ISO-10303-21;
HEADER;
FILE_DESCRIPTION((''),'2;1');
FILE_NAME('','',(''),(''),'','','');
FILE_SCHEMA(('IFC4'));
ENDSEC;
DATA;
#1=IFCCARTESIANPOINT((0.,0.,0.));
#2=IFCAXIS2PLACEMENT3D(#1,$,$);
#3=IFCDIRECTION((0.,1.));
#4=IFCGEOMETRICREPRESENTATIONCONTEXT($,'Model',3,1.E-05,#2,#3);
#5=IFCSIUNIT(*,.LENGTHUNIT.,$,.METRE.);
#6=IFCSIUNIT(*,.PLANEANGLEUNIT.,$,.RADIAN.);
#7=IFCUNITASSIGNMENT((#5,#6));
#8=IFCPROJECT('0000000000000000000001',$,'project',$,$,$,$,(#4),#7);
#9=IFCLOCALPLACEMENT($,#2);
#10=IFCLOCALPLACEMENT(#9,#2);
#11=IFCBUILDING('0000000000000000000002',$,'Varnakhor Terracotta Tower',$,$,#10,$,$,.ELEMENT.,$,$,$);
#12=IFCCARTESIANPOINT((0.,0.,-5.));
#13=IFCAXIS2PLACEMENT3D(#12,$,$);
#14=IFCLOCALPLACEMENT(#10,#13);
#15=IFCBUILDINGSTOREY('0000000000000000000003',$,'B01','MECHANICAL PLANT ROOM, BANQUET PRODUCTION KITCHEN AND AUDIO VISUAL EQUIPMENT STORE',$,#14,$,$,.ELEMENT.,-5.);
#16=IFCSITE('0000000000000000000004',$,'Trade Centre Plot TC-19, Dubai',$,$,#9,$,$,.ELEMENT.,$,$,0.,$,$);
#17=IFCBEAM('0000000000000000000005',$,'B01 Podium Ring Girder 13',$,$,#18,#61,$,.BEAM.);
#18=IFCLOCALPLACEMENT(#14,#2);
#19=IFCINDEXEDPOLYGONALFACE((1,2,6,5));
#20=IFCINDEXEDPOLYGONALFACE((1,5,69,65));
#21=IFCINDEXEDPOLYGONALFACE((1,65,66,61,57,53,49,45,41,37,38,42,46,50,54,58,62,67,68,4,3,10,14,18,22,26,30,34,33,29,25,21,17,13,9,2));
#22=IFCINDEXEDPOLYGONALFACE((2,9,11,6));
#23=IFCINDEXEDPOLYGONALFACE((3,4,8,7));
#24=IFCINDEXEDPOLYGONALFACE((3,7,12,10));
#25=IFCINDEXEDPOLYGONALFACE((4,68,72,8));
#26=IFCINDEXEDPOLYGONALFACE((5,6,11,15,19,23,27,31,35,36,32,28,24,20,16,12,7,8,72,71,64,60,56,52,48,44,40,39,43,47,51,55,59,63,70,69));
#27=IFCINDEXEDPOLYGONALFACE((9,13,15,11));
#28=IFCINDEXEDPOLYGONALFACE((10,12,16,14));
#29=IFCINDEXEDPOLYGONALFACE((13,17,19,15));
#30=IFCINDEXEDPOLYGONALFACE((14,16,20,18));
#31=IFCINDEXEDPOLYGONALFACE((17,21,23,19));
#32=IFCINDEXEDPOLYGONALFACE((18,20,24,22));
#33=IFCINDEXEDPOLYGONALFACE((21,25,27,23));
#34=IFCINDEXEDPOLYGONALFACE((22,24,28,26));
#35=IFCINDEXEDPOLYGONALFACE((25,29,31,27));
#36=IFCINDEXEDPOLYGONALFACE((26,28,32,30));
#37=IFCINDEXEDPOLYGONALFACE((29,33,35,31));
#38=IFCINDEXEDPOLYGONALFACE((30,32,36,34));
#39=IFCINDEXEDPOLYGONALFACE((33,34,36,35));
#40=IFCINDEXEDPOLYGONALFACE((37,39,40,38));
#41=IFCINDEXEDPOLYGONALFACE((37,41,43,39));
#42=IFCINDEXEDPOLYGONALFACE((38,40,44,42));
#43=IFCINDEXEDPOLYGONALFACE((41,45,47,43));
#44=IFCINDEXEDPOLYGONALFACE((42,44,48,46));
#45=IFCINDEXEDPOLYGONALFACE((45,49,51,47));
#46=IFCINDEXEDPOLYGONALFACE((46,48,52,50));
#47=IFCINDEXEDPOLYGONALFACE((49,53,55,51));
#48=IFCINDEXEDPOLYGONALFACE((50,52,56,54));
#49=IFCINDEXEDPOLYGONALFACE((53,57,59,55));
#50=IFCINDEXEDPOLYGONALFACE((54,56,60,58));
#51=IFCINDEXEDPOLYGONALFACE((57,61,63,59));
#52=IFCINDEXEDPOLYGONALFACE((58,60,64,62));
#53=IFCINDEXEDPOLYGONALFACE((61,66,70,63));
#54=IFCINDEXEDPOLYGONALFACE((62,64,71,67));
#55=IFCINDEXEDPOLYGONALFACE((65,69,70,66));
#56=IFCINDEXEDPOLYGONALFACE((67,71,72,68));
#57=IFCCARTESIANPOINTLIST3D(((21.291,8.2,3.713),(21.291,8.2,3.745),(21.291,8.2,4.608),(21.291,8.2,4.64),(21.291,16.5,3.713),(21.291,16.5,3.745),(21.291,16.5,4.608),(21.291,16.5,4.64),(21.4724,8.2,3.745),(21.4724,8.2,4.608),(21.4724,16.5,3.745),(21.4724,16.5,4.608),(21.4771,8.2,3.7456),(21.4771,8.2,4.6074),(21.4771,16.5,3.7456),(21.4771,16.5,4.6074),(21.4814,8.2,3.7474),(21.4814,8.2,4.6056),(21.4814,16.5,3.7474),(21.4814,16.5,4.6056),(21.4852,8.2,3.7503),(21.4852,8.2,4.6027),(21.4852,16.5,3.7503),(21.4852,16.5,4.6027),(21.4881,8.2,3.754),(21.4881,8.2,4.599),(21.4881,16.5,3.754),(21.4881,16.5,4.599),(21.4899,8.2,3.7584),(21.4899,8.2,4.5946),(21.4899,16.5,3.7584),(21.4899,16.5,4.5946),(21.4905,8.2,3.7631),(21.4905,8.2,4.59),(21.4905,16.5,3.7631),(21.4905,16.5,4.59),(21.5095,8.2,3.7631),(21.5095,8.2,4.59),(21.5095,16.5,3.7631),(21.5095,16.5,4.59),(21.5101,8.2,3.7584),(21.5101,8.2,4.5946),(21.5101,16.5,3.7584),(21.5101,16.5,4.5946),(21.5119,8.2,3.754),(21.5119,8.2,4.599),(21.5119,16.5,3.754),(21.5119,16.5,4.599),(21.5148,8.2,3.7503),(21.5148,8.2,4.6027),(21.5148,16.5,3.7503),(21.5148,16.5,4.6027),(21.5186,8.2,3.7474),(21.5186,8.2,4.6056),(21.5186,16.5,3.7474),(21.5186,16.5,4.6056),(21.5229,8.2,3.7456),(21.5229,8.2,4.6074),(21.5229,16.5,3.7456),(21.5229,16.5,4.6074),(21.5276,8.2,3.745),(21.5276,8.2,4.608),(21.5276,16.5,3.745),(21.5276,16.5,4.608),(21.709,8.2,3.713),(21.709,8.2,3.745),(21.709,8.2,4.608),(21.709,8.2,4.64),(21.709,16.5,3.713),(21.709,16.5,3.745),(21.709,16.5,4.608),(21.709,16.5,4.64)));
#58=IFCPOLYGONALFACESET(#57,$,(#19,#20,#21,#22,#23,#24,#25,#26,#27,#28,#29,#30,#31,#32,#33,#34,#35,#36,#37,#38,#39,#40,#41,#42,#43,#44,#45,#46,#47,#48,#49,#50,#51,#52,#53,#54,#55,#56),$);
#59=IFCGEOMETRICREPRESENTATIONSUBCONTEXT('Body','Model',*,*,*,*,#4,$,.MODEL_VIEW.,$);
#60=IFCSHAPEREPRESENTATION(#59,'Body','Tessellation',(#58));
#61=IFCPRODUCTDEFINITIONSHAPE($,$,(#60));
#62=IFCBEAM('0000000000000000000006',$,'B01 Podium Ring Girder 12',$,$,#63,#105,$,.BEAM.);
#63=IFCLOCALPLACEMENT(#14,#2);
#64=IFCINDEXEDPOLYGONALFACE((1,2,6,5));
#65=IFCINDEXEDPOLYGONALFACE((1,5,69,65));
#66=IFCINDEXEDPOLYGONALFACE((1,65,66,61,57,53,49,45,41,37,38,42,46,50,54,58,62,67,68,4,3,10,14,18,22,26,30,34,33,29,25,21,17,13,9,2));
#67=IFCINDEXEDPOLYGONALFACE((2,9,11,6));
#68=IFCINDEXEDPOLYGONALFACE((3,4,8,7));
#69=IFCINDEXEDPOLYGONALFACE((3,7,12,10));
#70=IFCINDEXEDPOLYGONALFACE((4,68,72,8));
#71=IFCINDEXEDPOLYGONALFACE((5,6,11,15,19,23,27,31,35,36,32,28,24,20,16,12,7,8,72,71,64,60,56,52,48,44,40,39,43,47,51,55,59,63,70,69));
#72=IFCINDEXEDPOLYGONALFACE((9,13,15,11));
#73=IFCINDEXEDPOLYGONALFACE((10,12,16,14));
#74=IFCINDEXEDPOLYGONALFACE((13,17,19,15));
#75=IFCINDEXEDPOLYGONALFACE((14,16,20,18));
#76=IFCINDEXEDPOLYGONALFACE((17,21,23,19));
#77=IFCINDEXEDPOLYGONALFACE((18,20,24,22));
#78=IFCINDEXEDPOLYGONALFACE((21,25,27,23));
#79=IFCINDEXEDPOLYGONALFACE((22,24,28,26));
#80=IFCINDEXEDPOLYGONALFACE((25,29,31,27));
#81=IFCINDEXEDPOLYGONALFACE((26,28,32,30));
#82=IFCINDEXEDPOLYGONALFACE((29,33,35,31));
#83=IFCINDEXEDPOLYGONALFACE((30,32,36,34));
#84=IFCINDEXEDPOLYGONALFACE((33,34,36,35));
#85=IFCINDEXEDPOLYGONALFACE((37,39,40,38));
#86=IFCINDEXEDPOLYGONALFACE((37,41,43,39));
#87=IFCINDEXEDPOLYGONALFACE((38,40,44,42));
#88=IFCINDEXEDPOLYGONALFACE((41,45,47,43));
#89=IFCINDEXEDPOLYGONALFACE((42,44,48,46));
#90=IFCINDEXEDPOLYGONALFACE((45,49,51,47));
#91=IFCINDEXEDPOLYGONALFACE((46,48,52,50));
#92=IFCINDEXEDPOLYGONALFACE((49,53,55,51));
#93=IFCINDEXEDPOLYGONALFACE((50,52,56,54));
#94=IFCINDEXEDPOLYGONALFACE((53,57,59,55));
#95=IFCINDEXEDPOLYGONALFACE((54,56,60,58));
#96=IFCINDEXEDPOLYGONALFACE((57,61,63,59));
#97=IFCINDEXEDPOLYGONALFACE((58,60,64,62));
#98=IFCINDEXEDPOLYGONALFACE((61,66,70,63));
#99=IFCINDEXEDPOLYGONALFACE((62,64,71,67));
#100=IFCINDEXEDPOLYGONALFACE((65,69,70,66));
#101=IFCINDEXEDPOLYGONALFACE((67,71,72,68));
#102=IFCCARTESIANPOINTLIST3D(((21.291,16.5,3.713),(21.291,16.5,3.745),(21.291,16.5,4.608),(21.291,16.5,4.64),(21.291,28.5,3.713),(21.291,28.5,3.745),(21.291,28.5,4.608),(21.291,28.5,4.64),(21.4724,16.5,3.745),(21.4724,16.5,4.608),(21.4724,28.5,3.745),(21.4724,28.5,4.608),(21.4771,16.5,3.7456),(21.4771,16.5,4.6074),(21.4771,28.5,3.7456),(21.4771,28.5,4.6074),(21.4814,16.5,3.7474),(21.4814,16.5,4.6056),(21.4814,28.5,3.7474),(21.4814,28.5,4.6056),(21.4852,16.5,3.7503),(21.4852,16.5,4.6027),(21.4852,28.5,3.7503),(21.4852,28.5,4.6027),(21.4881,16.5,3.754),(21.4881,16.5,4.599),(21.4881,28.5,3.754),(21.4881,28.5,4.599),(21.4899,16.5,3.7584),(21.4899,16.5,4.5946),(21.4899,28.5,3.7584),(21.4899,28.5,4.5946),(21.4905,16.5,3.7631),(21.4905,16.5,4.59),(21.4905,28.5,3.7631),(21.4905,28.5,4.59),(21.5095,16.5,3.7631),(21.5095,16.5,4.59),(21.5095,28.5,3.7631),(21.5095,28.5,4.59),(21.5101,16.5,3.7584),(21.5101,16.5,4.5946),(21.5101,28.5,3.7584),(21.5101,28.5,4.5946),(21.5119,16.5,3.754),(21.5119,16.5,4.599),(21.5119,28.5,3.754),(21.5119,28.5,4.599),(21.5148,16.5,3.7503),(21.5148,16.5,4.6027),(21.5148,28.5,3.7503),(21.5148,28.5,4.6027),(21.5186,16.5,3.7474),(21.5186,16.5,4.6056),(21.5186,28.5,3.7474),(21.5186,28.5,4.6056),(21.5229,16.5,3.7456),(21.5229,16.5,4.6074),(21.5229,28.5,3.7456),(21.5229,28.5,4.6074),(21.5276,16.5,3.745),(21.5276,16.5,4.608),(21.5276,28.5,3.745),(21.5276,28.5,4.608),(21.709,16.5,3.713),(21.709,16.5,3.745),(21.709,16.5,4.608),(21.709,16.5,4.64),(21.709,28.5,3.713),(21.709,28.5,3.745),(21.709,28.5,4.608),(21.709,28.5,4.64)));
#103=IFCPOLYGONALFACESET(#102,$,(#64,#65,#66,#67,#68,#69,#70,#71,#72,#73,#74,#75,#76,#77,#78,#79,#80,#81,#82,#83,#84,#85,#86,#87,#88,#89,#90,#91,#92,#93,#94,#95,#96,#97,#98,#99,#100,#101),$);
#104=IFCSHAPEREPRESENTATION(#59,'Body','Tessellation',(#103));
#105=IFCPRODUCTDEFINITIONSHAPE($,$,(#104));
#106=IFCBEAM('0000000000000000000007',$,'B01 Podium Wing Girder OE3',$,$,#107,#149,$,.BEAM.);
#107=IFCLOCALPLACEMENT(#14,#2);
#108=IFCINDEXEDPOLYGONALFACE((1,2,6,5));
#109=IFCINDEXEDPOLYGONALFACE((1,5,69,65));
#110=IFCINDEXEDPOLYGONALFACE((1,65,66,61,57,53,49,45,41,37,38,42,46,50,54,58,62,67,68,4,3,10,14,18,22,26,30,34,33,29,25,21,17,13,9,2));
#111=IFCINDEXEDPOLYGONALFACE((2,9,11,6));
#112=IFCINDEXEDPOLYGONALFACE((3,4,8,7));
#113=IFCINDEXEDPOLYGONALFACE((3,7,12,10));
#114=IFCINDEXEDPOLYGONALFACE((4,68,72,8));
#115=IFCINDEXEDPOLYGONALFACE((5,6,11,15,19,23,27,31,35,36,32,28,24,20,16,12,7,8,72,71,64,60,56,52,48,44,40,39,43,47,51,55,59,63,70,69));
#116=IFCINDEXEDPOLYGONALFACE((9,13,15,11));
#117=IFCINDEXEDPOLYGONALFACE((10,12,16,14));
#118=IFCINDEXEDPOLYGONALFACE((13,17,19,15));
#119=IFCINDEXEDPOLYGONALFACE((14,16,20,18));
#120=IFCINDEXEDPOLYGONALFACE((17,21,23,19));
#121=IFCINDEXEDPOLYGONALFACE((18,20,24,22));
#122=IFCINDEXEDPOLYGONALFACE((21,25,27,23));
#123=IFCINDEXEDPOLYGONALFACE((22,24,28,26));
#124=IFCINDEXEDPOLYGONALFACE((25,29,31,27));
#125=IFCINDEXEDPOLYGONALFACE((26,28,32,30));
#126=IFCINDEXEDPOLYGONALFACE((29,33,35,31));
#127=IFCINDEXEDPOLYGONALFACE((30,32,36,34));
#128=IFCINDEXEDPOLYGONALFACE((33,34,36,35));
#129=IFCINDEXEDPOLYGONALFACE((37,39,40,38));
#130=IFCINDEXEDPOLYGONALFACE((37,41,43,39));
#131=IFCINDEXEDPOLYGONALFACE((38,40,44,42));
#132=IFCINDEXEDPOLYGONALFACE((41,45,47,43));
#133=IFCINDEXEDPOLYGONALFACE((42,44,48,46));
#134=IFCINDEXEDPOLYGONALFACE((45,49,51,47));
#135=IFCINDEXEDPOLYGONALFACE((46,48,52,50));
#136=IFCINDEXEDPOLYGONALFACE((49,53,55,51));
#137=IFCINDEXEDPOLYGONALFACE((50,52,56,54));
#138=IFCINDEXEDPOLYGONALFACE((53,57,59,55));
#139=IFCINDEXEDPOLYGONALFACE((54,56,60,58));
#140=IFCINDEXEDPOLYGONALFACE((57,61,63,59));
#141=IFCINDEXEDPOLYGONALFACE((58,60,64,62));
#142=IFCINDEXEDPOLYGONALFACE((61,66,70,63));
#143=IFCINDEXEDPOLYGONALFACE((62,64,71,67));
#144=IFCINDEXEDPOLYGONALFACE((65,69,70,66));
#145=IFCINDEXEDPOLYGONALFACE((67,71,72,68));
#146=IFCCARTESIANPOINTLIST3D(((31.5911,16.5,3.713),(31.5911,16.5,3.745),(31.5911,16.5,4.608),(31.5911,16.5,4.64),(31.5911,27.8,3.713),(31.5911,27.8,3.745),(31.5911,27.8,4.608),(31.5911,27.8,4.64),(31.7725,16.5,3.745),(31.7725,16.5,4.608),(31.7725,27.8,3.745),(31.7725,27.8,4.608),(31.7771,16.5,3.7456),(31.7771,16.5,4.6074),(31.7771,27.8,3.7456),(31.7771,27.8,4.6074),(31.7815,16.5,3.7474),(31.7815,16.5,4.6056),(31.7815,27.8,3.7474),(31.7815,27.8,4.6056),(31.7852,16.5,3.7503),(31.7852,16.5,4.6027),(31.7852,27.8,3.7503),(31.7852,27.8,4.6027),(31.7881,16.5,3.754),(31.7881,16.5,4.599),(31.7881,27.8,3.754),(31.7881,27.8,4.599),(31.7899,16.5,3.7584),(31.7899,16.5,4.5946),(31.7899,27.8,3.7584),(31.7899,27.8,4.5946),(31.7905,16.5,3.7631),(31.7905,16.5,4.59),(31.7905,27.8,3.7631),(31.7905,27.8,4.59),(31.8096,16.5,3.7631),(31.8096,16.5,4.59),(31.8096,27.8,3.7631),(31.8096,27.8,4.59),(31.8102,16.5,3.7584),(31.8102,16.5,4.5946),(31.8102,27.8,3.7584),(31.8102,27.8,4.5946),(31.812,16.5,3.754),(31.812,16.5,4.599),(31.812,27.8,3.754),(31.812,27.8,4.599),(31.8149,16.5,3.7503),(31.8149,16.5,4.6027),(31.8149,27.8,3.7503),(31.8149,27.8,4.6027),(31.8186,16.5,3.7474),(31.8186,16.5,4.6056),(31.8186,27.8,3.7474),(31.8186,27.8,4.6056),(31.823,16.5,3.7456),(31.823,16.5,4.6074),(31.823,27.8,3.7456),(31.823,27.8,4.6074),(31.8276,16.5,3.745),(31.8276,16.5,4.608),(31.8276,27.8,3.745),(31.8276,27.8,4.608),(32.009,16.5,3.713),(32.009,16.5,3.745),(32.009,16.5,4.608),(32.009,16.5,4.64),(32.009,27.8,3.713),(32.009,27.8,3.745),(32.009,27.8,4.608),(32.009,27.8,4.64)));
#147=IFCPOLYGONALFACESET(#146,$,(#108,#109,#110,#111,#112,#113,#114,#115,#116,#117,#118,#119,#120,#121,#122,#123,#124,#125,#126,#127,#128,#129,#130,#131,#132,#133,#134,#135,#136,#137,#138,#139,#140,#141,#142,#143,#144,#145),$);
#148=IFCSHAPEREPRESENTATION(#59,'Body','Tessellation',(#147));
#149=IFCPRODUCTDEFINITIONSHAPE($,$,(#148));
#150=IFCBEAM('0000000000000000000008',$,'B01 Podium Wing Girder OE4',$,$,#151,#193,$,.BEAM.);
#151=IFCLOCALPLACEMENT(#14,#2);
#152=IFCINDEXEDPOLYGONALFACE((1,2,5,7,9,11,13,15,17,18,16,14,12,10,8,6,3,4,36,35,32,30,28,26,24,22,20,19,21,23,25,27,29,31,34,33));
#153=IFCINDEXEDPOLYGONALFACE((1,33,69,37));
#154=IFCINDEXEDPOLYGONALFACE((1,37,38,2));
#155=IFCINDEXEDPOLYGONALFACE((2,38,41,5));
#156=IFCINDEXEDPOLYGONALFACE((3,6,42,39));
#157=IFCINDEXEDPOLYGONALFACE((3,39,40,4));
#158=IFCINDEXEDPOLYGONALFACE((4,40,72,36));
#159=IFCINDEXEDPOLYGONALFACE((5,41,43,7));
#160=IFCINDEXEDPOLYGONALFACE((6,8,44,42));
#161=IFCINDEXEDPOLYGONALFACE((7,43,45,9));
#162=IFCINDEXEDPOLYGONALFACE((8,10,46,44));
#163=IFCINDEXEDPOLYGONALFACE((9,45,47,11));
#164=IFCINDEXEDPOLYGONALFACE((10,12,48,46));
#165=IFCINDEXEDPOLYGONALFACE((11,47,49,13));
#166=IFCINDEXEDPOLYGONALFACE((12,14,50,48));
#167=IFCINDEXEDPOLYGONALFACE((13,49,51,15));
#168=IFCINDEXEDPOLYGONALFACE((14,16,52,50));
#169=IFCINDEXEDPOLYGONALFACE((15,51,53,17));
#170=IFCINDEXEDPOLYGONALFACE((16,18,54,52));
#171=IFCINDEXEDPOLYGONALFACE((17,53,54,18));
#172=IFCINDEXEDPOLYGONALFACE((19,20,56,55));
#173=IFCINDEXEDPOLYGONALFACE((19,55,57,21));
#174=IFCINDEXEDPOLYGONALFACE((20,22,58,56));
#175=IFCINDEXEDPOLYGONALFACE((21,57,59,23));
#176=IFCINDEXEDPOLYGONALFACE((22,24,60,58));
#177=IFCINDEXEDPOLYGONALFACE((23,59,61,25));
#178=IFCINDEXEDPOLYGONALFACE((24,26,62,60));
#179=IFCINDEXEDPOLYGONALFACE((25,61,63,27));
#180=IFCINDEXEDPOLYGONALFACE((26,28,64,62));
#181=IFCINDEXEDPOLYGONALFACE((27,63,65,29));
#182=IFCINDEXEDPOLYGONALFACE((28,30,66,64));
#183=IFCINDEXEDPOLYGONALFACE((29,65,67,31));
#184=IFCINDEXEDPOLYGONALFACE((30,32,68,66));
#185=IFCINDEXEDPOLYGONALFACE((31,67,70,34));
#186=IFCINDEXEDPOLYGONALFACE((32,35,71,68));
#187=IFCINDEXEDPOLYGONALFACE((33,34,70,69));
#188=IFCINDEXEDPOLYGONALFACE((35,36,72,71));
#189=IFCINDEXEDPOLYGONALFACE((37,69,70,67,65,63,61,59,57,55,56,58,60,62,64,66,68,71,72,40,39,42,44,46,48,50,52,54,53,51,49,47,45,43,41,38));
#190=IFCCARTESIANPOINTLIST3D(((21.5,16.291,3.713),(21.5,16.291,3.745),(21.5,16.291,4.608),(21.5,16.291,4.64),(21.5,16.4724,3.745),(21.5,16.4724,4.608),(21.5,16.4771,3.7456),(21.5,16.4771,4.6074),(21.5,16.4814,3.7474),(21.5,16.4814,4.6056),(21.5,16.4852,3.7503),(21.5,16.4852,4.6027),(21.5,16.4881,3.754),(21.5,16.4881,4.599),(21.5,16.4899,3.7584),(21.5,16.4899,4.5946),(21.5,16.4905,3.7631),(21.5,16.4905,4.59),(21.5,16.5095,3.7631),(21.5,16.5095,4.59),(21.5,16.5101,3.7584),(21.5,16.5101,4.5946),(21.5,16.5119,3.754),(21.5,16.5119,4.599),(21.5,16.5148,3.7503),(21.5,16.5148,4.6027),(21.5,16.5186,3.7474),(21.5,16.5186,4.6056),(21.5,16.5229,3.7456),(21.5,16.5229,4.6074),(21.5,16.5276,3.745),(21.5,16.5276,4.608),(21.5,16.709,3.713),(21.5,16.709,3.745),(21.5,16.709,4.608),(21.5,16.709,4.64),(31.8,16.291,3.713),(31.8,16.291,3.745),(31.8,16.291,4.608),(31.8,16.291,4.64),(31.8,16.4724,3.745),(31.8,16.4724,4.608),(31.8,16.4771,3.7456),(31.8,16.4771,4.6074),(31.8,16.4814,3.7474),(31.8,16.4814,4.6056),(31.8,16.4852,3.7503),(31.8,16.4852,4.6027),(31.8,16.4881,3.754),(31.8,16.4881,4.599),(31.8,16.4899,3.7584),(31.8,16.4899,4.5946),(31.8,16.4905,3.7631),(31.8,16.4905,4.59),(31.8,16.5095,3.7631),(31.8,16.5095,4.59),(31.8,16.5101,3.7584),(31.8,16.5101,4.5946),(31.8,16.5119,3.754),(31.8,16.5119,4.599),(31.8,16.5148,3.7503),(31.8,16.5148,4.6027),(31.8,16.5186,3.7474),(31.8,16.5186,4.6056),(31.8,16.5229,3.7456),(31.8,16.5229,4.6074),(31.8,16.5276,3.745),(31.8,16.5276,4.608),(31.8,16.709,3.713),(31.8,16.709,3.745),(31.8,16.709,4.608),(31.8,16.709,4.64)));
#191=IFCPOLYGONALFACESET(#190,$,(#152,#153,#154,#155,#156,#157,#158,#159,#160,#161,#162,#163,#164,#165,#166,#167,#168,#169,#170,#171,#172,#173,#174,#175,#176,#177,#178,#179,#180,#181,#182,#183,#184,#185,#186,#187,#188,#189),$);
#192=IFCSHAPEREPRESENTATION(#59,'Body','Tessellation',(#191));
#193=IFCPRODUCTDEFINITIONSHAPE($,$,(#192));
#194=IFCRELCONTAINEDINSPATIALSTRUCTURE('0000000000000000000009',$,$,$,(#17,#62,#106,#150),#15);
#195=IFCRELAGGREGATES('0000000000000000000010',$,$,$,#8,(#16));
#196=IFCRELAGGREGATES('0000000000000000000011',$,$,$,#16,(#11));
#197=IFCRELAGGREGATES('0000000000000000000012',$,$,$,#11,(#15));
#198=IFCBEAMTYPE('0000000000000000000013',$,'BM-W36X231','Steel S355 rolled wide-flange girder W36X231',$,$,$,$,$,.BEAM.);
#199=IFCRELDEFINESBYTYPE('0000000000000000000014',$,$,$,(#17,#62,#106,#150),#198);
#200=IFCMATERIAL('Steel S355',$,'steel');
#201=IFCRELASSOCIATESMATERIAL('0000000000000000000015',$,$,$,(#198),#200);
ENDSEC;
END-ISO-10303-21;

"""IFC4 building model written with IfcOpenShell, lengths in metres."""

from ifc_helpers import new_model, si_unit, direction, frame, origin, origin_2d, place, context, subcontext, project, spatial, i_section, extrude, source, transform, mapped, material, material_profile, profile_set, type_object, element, save


model = new_model("IFC4")

# Units and contexts
model_context = context("Model", 3, precision=1e-05, world=origin(), true_north=direction((0.0, 1.0)))
body_context = subcontext(model_context, "Body", "Model", "MODEL_VIEW")
ifc_project = project(units=[si_unit("LENGTHUNIT", "METRE"), si_unit("PLANEANGLEUNIT", "RADIAN")], contexts=[model_context])

# Site, building, storey
site_placement = place(None, origin())
site = spatial("IfcSite", under=ifc_project, at=site_placement, Name="Trade Centre Plot TC-19, Dubai", CompositionType="ELEMENT", RefElevation=0.0)
building_placement = place(site_placement, origin())
building = spatial("IfcBuilding", under=site, at=building_placement, Name="Varnakhor Terracotta Tower", CompositionType="ELEMENT")
storey_placement = place(building_placement, frame((0.0, 0.0, -5.0)))
storey = spatial("IfcBuildingStorey", under=building, at=storey_placement, Name="B01", Description="MECHANICAL PLANT ROOM, BANQUET PRODUCTION KITCHEN AND AUDIO VISUAL EQUIPMENT STORE", CompositionType="ELEMENT", Elevation=-5.0)

# Shared definitions
ifc_material_1 = material(Name="Steel S355", Category="steel")

# Beams
ifc_material_profile_1 = material_profile(ifc_material_1, i_section(OverallWidth=0.418, OverallDepth=0.927, WebThickness=0.019, FlangeThickness=0.032, FilletRadius=0.0181, at=origin_2d()), Name="W36X231")
ifc_profile_set_1 = profile_set([ifc_material_profile_1], Name="Steel S355")
beam_type_1 = type_object("IfcBeamType", Name="BM-W36X231", Description="Steel S355 rolled wide-flange girder W36X231", PredefinedType="BEAM", material=ifc_profile_set_1)
shared_shape_1 = source(origin(), body_context, "Body", "SweptSolid", [
    extrude(i_section(OverallWidth=0.418, OverallDepth=0.927, WebThickness=0.019, FlangeThickness=0.032, FilletRadius=0.0181, at=origin_2d()), origin(), (0.0, 0.0, 1.0), 8.3),
])
beam_1_placement = place(storey_placement, frame((21.5, 16.5, 4.1765), z_axis=(0.0, -1.0, 0.0), x_axis=(1.0, 0.0, 0.0)))
element("IfcBeam", 1, at=beam_1_placement, inside=storey, type_object=beam_type_1, Name="B01 Podium Ring Girder 13", PredefinedType="BEAM", context=body_context, shape_type="MappedRepresentation", body=[
    mapped(shared_shape_1, transform((0.0, 0.0, 0.0), scale=1.0)),
])
shared_shape_2 = source(origin(), body_context, "Body", "SweptSolid", [
    extrude(i_section(OverallWidth=0.418, OverallDepth=0.927, WebThickness=0.019, FlangeThickness=0.032, FilletRadius=0.0181, at=origin_2d()), origin(), (0.0, 0.0, 1.0), 12.0),
])
beam_2_placement = place(storey_placement, frame((21.5, 28.5, 4.1765), z_axis=(0.0, -1.0, 0.0), x_axis=(1.0, 0.0, 0.0)))
element("IfcBeam", 2, at=beam_2_placement, inside=storey, type_object=beam_type_1, Name="B01 Podium Ring Girder 12", PredefinedType="BEAM", context=body_context, shape_type="MappedRepresentation", body=[
    mapped(shared_shape_2, transform((0.0, 0.0, 0.0), scale=1.0)),
])
shared_shape_3 = source(origin(), body_context, "Body", "SweptSolid", [
    extrude(i_section(OverallWidth=0.418, OverallDepth=0.927, WebThickness=0.019, FlangeThickness=0.032, FilletRadius=0.0181, at=origin_2d()), origin(), (0.0, 0.0, 1.0), 11.3),
])
beam_3_placement = place(storey_placement, frame((31.8, 16.5, 4.1765), z_axis=(0.0, 1.0, 0.0), x_axis=(-1.0, 0.0, 0.0)))
element("IfcBeam", 3, at=beam_3_placement, inside=storey, type_object=beam_type_1, Name="B01 Podium Wing Girder OE3", PredefinedType="BEAM", context=body_context, shape_type="MappedRepresentation", body=[
    mapped(shared_shape_3, transform((0.0, 0.0, 0.0), scale=1.0)),
])
shared_shape_4 = source(origin(), body_context, "Body", "SweptSolid", [
    extrude(i_section(OverallWidth=0.418, OverallDepth=0.927, WebThickness=0.019, FlangeThickness=0.032, FilletRadius=0.0181, at=origin_2d()), origin(), (0.0, 0.0, 1.0), 10.3),
])
beam_4_placement = place(storey_placement, frame((21.5, 16.5, 4.1765), z_axis=(1.0, 0.0, 0.0), x_axis=(0.0, 1.0, 0.0)))
element("IfcBeam", 4, at=beam_4_placement, inside=storey, type_object=beam_type_1, Name="B01 Podium Wing Girder OE4", PredefinedType="BEAM", context=body_context, shape_type="MappedRepresentation", body=[
    mapped(shared_shape_4, transform((0.0, 0.0, 0.0), scale=1.0)),
])

save(model, "model.ifc")
